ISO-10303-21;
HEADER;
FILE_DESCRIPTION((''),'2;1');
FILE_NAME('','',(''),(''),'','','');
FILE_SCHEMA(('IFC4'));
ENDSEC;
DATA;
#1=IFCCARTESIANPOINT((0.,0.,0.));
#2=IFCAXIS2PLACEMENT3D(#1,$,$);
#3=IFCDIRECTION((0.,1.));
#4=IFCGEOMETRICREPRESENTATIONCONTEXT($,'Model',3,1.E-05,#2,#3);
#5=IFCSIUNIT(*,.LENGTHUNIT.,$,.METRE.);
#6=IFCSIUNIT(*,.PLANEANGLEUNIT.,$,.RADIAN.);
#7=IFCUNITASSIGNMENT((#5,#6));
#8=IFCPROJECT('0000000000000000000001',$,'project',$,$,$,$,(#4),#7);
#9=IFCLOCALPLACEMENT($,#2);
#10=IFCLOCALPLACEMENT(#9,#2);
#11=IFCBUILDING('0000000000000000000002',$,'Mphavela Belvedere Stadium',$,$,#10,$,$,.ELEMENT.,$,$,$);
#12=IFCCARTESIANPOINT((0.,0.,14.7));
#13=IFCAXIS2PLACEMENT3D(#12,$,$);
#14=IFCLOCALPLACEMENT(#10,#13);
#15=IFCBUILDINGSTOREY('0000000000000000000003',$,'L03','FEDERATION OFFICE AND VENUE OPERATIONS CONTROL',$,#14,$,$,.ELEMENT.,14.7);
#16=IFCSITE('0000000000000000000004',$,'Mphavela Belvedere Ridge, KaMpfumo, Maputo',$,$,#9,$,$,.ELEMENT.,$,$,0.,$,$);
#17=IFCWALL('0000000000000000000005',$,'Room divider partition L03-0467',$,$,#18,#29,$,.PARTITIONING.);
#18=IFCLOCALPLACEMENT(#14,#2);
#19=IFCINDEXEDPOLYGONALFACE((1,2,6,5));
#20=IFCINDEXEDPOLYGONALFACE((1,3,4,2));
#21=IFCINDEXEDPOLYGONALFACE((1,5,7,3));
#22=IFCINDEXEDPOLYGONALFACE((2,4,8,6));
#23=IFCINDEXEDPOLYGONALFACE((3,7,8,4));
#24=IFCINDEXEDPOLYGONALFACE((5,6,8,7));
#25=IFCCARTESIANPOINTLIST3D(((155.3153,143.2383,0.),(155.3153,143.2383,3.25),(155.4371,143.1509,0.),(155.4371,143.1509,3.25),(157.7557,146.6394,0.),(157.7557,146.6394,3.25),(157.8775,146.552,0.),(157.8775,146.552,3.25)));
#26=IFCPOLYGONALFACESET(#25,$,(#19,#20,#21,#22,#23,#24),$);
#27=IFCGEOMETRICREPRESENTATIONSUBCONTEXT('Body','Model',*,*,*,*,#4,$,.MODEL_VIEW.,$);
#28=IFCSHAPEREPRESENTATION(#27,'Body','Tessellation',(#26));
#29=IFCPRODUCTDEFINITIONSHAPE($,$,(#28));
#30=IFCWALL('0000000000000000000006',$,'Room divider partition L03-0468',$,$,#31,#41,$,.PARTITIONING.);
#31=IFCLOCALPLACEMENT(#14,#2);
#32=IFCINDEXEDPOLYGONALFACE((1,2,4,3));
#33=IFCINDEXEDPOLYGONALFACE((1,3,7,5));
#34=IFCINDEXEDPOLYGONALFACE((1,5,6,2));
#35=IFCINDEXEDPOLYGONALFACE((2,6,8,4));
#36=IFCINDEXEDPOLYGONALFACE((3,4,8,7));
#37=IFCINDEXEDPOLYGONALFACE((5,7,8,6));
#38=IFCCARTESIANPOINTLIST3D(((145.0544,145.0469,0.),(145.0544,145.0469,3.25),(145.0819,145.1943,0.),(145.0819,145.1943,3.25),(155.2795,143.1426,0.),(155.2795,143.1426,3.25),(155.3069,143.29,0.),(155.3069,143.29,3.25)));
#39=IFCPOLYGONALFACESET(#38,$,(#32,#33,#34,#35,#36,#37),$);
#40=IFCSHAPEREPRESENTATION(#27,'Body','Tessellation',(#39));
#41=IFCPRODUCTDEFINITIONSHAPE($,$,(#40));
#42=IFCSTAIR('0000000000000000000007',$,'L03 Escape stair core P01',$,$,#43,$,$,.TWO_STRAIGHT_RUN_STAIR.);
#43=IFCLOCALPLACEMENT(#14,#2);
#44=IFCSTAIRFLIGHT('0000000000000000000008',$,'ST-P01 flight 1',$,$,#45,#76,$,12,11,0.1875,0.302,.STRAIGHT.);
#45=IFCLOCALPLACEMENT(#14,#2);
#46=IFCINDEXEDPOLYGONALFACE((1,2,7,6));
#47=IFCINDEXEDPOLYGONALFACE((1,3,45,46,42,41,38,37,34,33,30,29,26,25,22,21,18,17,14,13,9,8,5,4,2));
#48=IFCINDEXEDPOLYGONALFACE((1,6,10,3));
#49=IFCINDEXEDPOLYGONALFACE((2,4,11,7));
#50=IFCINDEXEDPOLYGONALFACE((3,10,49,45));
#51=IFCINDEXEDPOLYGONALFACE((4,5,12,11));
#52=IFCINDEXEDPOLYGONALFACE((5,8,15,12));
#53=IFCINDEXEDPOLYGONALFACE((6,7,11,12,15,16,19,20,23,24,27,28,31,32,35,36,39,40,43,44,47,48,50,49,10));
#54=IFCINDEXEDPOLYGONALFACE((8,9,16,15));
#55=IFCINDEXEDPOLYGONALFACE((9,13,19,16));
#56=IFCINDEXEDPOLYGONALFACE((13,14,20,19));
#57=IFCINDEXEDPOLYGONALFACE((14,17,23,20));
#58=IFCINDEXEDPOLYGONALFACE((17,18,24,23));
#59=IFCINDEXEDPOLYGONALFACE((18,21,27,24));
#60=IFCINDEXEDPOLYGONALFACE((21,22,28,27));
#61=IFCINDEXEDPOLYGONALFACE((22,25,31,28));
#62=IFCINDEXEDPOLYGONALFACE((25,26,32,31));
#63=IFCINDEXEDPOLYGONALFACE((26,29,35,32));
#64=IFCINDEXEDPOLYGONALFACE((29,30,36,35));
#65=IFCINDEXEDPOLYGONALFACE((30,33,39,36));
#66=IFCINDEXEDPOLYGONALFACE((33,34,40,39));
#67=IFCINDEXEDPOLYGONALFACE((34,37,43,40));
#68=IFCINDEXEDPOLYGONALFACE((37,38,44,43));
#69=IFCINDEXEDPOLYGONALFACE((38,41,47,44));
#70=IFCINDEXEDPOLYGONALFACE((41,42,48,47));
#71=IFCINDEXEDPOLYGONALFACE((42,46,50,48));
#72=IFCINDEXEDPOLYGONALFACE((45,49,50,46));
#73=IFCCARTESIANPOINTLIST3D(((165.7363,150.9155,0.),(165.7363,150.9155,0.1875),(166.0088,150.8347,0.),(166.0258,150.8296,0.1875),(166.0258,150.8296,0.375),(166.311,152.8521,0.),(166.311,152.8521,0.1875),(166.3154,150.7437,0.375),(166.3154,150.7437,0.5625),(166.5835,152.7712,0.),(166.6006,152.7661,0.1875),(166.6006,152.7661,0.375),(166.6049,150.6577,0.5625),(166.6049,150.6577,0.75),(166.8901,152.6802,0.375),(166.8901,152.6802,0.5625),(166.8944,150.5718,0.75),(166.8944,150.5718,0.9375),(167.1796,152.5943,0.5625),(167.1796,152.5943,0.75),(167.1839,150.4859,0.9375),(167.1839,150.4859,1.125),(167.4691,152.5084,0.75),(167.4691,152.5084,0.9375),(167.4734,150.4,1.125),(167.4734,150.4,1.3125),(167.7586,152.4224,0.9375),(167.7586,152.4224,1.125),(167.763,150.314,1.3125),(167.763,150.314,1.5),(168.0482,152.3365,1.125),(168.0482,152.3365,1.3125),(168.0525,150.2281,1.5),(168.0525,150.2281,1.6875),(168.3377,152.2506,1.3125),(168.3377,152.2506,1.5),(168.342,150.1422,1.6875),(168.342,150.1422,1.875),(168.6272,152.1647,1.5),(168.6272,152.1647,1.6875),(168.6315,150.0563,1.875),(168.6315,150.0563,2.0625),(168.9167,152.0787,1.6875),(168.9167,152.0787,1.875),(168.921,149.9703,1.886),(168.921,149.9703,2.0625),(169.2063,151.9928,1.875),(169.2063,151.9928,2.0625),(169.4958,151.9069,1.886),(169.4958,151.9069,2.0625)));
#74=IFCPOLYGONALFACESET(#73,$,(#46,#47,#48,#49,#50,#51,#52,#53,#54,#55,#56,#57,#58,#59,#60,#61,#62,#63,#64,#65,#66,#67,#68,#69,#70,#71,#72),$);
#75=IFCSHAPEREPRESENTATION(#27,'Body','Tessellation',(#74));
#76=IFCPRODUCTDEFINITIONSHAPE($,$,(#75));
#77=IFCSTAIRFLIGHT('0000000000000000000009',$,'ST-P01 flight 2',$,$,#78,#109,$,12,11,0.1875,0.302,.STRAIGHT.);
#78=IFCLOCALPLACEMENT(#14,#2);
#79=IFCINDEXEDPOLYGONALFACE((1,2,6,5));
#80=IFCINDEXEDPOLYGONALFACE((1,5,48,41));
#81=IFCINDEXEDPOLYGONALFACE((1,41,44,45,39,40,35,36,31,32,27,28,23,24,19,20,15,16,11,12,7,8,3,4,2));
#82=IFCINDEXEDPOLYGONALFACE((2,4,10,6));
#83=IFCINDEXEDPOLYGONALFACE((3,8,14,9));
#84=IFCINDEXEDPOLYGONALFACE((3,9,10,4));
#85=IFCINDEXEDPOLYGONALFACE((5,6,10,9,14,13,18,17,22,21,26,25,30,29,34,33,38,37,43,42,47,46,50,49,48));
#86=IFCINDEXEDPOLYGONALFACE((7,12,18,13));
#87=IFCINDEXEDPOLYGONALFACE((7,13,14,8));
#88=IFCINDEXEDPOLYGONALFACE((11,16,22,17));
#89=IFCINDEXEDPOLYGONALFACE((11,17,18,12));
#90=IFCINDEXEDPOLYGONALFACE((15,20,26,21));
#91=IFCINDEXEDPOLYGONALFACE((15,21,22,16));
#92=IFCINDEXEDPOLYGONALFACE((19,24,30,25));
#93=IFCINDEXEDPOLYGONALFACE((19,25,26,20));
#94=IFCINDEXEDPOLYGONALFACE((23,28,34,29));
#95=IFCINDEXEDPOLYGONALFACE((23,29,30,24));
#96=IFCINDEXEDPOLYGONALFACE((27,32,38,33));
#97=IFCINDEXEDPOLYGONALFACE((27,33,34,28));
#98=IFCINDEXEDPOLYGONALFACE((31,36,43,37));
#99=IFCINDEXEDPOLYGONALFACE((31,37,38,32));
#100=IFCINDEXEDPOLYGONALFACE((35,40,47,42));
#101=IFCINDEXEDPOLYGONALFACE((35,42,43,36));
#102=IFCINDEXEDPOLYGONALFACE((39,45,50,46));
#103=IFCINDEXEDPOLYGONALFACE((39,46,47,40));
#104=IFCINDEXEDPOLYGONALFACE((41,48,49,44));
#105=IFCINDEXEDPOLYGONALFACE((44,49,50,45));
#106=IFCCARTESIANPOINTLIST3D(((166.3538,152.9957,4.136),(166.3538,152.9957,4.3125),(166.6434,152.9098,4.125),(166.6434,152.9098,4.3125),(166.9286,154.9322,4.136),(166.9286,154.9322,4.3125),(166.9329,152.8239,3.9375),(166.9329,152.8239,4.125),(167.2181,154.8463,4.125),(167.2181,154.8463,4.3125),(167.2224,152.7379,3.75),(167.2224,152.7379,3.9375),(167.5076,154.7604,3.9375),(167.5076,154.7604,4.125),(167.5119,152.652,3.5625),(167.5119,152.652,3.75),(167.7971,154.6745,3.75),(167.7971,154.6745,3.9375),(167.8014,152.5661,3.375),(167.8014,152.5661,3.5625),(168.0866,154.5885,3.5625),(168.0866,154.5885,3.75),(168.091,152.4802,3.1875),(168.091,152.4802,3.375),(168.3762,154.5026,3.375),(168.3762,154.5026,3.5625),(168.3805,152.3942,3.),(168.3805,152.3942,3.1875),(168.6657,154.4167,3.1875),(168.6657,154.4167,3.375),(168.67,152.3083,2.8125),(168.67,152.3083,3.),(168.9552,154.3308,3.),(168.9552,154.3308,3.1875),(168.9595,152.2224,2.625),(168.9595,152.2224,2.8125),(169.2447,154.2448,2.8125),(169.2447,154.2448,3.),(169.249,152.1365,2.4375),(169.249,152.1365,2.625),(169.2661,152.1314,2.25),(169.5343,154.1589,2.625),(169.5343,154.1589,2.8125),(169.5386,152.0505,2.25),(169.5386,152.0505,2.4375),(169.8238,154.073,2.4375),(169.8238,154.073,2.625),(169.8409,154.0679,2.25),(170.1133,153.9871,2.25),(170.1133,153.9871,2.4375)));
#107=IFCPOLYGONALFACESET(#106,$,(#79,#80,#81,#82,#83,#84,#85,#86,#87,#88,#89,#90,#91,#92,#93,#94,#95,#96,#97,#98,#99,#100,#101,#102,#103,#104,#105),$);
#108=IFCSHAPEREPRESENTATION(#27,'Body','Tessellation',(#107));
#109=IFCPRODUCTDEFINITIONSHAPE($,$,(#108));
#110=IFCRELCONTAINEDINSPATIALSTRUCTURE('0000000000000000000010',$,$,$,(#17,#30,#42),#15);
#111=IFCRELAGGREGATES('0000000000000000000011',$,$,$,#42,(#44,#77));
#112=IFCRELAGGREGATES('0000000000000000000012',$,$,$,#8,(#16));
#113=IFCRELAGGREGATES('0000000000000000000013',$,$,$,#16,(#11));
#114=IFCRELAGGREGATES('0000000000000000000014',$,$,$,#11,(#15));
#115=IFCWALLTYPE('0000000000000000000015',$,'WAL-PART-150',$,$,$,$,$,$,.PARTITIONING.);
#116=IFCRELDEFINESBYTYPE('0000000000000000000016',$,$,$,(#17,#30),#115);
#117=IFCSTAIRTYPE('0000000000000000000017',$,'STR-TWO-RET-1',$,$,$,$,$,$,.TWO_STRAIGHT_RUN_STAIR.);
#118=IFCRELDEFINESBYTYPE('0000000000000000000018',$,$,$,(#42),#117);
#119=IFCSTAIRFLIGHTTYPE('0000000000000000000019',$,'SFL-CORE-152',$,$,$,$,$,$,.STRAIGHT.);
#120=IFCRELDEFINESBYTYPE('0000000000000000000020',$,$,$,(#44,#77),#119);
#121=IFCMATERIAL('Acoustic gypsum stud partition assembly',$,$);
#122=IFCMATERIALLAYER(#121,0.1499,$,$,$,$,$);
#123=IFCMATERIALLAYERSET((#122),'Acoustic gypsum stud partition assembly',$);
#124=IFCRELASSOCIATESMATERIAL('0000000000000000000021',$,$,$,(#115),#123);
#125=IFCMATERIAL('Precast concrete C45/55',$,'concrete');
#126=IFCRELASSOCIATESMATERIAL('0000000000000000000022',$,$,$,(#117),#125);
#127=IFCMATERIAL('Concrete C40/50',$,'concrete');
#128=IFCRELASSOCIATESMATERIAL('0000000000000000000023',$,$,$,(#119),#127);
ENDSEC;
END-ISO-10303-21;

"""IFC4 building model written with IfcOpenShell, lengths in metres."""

from ifc_helpers import new_model, si_unit, direction, frame, frame_2d, origin, place, context, subcontext, project, spatial, polyline, rectangle, outline, extrude, material, layer, layer_set, type_object, element, aggregate, save


model = new_model("IFC4")

# Units and contexts
model_context = context("Model", 3, precision=1e-05, world=origin(), true_north=direction((0.0, 1.0)))
body_context = subcontext(model_context, "Body", "Model", "MODEL_VIEW")
ifc_project = project(units=[si_unit("LENGTHUNIT", "METRE"), si_unit("PLANEANGLEUNIT", "RADIAN")], contexts=[model_context])

# Site, building, storey
site_placement = place(None, origin())
site = spatial("IfcSite", under=ifc_project, at=site_placement, Name="Mphavela Belvedere Ridge, KaMpfumo, Maputo", CompositionType="ELEMENT", RefElevation=0.0)
building_placement = place(site_placement, origin())
building = spatial("IfcBuilding", under=site, at=building_placement, Name="Mphavela Belvedere Stadium", CompositionType="ELEMENT")
storey_placement = place(building_placement, frame((0.0, 0.0, 14.7)))
storey = spatial("IfcBuildingStorey", under=building, at=storey_placement, Name="L03", Description="FEDERATION OFFICE AND VENUE OPERATIONS CONTROL", CompositionType="ELEMENT", Elevation=14.7)

# Shared definitions
ifc_material_1 = material(Name="Acoustic gypsum stud partition assembly")
ifc_layer_1 = layer(ifc_material_1, 0.1499)
ifc_layer_set_1 = layer_set([ifc_layer_1], Name="Acoustic gypsum stud partition assembly")
wall_type_1 = type_object("IfcWallType", Name="WAL-PART-150", PredefinedType="PARTITIONING", material=ifc_layer_set_1)

# Walls
wall_1_placement = place(storey_placement, frame((155.3762, 143.1946, 0.0), z_axis=(0.0, 0.0, 1.0), x_axis=(0.582986, 0.812482, 0.0)))
element("IfcWall", 1, at=wall_1_placement, inside=storey, type_object=wall_type_1, Name="Room divider partition L03-0467", PredefinedType="PARTITIONING", context=body_context, shape_type="SweptSolid", body=[
    extrude(rectangle(XDim=4.186, YDim=0.1499, at=frame_2d((2.093, 0.0))), origin(), (0.0, 0.0, 1.0), 3.25),
])
wall_2_placement = place(storey_placement, frame((155.2932, 143.2163, 0.0), z_axis=(0.0, 0.0, 1.0), x_axis=(-0.983096, 0.183089, 0.0)))
element("IfcWall", 2, at=wall_2_placement, inside=storey, type_object=wall_type_1, Name="Room divider partition L03-0468", PredefinedType="PARTITIONING", context=body_context, shape_type="SweptSolid", body=[
    extrude(rectangle(XDim=10.4009, YDim=0.1499, at=frame_2d((5.2004, 0.0))), origin(), (0.0, 0.0, 1.0), 3.25),
])

# Stair, stair flights
ifc_material_2 = material(Name="Precast concrete C45/55", Category="concrete")
stair_type = type_object("IfcStairType", Name="STR-TWO-RET-1", PredefinedType="TWO_STRAIGHT_RUN_STAIR", material=ifc_material_2)
stair_placement = place(storey_placement, origin())
stair = element("IfcStair", 3, at=stair_placement, inside=storey, type_object=stair_type, Name="L03 Escape stair core P01", PredefinedType="TWO_STRAIGHT_RUN_STAIR")
ifc_material_3 = material(Name="Concrete C40/50", Category="concrete")
stair_flight_type = type_object("IfcStairFlightType", Name="SFL-CORE-152", PredefinedType="STRAIGHT", material=ifc_material_3)
stair_flight_1_placement = place(storey_placement, frame((166.0237, 151.8838, 0.0), z_axis=(0.0, 0.0, 1.0), x_axis=(0.958671, -0.284517, 0.0)))
stair_flight_1 = element("IfcStairFlight", 4, at=stair_flight_1_placement, type_object=stair_flight_type, Name="ST-P01 flight 1", NumberOfRisers=12, NumberOfTreads=11, PredefinedType="STRAIGHT", RiserHeight=0.1875, TreadLength=0.302, context=body_context, shape_type="SweptSolid", body=[
    extrude(outline(polyline([(0.0, 0.0), (0.0, 0.1875), (0.302, 0.1875), (0.302, 0.375), (0.604, 0.375), (0.604, 0.5625), (0.906, 0.5625), (0.906, 0.75), (1.208, 0.75), (1.208, 0.9375), (1.51, 0.9375), (1.51, 1.125), (1.812, 1.125), (1.812, 1.3125), (2.114, 1.3125), (2.114, 1.5), (2.416, 1.5), (2.416, 1.6875), (2.718, 1.6875), (2.718, 1.875), (3.02, 1.875), (3.02, 2.0625), (3.322, 2.0625), (3.322, 2.25), (3.322, 1.886), (0.2842, 0.0), (0.0, 0.0)])), frame((0.0, 1.01, 0.0), z_axis=(0.0, -1.0, 0.0), x_axis=(1.0, 0.0, 0.0)), (0.0, 0.0, 1.0), 2.02),
])
stair_flight_2_placement = place(storey_placement, frame((169.8259, 153.0188, 2.25), z_axis=(0.0, 0.0, 1.0), x_axis=(-0.958671, 0.284517, 0.0)))
stair_flight_2 = element("IfcStairFlight", 5, at=stair_flight_2_placement, type_object=stair_flight_type, Name="ST-P01 flight 2", NumberOfRisers=12, NumberOfTreads=11, PredefinedType="STRAIGHT", RiserHeight=0.1875, TreadLength=0.302, context=body_context, shape_type="SweptSolid", body=[
    extrude(outline(polyline([(0.0, 0.0), (0.0, 0.1875), (0.302, 0.1875), (0.302, 0.375), (0.604, 0.375), (0.604, 0.5625), (0.906, 0.5625), (0.906, 0.75), (1.208, 0.75), (1.208, 0.9375), (1.51, 0.9375), (1.51, 1.125), (1.812, 1.125), (1.812, 1.3125), (2.114, 1.3125), (2.114, 1.5), (2.416, 1.5), (2.416, 1.6875), (2.718, 1.6875), (2.718, 1.875), (3.02, 1.875), (3.02, 2.0625), (3.322, 2.0625), (3.322, 2.25), (3.322, 1.886), (0.2842, 0.0), (0.0, 0.0)])), frame((0.0, 1.01, 0.0), z_axis=(0.0, -1.0, 0.0), x_axis=(1.0, 0.0, 0.0)), (0.0, 0.0, 1.0), 2.02),
])
aggregate(stair, [stair_flight_1, stair_flight_2])

save(model, "model.ifc")
